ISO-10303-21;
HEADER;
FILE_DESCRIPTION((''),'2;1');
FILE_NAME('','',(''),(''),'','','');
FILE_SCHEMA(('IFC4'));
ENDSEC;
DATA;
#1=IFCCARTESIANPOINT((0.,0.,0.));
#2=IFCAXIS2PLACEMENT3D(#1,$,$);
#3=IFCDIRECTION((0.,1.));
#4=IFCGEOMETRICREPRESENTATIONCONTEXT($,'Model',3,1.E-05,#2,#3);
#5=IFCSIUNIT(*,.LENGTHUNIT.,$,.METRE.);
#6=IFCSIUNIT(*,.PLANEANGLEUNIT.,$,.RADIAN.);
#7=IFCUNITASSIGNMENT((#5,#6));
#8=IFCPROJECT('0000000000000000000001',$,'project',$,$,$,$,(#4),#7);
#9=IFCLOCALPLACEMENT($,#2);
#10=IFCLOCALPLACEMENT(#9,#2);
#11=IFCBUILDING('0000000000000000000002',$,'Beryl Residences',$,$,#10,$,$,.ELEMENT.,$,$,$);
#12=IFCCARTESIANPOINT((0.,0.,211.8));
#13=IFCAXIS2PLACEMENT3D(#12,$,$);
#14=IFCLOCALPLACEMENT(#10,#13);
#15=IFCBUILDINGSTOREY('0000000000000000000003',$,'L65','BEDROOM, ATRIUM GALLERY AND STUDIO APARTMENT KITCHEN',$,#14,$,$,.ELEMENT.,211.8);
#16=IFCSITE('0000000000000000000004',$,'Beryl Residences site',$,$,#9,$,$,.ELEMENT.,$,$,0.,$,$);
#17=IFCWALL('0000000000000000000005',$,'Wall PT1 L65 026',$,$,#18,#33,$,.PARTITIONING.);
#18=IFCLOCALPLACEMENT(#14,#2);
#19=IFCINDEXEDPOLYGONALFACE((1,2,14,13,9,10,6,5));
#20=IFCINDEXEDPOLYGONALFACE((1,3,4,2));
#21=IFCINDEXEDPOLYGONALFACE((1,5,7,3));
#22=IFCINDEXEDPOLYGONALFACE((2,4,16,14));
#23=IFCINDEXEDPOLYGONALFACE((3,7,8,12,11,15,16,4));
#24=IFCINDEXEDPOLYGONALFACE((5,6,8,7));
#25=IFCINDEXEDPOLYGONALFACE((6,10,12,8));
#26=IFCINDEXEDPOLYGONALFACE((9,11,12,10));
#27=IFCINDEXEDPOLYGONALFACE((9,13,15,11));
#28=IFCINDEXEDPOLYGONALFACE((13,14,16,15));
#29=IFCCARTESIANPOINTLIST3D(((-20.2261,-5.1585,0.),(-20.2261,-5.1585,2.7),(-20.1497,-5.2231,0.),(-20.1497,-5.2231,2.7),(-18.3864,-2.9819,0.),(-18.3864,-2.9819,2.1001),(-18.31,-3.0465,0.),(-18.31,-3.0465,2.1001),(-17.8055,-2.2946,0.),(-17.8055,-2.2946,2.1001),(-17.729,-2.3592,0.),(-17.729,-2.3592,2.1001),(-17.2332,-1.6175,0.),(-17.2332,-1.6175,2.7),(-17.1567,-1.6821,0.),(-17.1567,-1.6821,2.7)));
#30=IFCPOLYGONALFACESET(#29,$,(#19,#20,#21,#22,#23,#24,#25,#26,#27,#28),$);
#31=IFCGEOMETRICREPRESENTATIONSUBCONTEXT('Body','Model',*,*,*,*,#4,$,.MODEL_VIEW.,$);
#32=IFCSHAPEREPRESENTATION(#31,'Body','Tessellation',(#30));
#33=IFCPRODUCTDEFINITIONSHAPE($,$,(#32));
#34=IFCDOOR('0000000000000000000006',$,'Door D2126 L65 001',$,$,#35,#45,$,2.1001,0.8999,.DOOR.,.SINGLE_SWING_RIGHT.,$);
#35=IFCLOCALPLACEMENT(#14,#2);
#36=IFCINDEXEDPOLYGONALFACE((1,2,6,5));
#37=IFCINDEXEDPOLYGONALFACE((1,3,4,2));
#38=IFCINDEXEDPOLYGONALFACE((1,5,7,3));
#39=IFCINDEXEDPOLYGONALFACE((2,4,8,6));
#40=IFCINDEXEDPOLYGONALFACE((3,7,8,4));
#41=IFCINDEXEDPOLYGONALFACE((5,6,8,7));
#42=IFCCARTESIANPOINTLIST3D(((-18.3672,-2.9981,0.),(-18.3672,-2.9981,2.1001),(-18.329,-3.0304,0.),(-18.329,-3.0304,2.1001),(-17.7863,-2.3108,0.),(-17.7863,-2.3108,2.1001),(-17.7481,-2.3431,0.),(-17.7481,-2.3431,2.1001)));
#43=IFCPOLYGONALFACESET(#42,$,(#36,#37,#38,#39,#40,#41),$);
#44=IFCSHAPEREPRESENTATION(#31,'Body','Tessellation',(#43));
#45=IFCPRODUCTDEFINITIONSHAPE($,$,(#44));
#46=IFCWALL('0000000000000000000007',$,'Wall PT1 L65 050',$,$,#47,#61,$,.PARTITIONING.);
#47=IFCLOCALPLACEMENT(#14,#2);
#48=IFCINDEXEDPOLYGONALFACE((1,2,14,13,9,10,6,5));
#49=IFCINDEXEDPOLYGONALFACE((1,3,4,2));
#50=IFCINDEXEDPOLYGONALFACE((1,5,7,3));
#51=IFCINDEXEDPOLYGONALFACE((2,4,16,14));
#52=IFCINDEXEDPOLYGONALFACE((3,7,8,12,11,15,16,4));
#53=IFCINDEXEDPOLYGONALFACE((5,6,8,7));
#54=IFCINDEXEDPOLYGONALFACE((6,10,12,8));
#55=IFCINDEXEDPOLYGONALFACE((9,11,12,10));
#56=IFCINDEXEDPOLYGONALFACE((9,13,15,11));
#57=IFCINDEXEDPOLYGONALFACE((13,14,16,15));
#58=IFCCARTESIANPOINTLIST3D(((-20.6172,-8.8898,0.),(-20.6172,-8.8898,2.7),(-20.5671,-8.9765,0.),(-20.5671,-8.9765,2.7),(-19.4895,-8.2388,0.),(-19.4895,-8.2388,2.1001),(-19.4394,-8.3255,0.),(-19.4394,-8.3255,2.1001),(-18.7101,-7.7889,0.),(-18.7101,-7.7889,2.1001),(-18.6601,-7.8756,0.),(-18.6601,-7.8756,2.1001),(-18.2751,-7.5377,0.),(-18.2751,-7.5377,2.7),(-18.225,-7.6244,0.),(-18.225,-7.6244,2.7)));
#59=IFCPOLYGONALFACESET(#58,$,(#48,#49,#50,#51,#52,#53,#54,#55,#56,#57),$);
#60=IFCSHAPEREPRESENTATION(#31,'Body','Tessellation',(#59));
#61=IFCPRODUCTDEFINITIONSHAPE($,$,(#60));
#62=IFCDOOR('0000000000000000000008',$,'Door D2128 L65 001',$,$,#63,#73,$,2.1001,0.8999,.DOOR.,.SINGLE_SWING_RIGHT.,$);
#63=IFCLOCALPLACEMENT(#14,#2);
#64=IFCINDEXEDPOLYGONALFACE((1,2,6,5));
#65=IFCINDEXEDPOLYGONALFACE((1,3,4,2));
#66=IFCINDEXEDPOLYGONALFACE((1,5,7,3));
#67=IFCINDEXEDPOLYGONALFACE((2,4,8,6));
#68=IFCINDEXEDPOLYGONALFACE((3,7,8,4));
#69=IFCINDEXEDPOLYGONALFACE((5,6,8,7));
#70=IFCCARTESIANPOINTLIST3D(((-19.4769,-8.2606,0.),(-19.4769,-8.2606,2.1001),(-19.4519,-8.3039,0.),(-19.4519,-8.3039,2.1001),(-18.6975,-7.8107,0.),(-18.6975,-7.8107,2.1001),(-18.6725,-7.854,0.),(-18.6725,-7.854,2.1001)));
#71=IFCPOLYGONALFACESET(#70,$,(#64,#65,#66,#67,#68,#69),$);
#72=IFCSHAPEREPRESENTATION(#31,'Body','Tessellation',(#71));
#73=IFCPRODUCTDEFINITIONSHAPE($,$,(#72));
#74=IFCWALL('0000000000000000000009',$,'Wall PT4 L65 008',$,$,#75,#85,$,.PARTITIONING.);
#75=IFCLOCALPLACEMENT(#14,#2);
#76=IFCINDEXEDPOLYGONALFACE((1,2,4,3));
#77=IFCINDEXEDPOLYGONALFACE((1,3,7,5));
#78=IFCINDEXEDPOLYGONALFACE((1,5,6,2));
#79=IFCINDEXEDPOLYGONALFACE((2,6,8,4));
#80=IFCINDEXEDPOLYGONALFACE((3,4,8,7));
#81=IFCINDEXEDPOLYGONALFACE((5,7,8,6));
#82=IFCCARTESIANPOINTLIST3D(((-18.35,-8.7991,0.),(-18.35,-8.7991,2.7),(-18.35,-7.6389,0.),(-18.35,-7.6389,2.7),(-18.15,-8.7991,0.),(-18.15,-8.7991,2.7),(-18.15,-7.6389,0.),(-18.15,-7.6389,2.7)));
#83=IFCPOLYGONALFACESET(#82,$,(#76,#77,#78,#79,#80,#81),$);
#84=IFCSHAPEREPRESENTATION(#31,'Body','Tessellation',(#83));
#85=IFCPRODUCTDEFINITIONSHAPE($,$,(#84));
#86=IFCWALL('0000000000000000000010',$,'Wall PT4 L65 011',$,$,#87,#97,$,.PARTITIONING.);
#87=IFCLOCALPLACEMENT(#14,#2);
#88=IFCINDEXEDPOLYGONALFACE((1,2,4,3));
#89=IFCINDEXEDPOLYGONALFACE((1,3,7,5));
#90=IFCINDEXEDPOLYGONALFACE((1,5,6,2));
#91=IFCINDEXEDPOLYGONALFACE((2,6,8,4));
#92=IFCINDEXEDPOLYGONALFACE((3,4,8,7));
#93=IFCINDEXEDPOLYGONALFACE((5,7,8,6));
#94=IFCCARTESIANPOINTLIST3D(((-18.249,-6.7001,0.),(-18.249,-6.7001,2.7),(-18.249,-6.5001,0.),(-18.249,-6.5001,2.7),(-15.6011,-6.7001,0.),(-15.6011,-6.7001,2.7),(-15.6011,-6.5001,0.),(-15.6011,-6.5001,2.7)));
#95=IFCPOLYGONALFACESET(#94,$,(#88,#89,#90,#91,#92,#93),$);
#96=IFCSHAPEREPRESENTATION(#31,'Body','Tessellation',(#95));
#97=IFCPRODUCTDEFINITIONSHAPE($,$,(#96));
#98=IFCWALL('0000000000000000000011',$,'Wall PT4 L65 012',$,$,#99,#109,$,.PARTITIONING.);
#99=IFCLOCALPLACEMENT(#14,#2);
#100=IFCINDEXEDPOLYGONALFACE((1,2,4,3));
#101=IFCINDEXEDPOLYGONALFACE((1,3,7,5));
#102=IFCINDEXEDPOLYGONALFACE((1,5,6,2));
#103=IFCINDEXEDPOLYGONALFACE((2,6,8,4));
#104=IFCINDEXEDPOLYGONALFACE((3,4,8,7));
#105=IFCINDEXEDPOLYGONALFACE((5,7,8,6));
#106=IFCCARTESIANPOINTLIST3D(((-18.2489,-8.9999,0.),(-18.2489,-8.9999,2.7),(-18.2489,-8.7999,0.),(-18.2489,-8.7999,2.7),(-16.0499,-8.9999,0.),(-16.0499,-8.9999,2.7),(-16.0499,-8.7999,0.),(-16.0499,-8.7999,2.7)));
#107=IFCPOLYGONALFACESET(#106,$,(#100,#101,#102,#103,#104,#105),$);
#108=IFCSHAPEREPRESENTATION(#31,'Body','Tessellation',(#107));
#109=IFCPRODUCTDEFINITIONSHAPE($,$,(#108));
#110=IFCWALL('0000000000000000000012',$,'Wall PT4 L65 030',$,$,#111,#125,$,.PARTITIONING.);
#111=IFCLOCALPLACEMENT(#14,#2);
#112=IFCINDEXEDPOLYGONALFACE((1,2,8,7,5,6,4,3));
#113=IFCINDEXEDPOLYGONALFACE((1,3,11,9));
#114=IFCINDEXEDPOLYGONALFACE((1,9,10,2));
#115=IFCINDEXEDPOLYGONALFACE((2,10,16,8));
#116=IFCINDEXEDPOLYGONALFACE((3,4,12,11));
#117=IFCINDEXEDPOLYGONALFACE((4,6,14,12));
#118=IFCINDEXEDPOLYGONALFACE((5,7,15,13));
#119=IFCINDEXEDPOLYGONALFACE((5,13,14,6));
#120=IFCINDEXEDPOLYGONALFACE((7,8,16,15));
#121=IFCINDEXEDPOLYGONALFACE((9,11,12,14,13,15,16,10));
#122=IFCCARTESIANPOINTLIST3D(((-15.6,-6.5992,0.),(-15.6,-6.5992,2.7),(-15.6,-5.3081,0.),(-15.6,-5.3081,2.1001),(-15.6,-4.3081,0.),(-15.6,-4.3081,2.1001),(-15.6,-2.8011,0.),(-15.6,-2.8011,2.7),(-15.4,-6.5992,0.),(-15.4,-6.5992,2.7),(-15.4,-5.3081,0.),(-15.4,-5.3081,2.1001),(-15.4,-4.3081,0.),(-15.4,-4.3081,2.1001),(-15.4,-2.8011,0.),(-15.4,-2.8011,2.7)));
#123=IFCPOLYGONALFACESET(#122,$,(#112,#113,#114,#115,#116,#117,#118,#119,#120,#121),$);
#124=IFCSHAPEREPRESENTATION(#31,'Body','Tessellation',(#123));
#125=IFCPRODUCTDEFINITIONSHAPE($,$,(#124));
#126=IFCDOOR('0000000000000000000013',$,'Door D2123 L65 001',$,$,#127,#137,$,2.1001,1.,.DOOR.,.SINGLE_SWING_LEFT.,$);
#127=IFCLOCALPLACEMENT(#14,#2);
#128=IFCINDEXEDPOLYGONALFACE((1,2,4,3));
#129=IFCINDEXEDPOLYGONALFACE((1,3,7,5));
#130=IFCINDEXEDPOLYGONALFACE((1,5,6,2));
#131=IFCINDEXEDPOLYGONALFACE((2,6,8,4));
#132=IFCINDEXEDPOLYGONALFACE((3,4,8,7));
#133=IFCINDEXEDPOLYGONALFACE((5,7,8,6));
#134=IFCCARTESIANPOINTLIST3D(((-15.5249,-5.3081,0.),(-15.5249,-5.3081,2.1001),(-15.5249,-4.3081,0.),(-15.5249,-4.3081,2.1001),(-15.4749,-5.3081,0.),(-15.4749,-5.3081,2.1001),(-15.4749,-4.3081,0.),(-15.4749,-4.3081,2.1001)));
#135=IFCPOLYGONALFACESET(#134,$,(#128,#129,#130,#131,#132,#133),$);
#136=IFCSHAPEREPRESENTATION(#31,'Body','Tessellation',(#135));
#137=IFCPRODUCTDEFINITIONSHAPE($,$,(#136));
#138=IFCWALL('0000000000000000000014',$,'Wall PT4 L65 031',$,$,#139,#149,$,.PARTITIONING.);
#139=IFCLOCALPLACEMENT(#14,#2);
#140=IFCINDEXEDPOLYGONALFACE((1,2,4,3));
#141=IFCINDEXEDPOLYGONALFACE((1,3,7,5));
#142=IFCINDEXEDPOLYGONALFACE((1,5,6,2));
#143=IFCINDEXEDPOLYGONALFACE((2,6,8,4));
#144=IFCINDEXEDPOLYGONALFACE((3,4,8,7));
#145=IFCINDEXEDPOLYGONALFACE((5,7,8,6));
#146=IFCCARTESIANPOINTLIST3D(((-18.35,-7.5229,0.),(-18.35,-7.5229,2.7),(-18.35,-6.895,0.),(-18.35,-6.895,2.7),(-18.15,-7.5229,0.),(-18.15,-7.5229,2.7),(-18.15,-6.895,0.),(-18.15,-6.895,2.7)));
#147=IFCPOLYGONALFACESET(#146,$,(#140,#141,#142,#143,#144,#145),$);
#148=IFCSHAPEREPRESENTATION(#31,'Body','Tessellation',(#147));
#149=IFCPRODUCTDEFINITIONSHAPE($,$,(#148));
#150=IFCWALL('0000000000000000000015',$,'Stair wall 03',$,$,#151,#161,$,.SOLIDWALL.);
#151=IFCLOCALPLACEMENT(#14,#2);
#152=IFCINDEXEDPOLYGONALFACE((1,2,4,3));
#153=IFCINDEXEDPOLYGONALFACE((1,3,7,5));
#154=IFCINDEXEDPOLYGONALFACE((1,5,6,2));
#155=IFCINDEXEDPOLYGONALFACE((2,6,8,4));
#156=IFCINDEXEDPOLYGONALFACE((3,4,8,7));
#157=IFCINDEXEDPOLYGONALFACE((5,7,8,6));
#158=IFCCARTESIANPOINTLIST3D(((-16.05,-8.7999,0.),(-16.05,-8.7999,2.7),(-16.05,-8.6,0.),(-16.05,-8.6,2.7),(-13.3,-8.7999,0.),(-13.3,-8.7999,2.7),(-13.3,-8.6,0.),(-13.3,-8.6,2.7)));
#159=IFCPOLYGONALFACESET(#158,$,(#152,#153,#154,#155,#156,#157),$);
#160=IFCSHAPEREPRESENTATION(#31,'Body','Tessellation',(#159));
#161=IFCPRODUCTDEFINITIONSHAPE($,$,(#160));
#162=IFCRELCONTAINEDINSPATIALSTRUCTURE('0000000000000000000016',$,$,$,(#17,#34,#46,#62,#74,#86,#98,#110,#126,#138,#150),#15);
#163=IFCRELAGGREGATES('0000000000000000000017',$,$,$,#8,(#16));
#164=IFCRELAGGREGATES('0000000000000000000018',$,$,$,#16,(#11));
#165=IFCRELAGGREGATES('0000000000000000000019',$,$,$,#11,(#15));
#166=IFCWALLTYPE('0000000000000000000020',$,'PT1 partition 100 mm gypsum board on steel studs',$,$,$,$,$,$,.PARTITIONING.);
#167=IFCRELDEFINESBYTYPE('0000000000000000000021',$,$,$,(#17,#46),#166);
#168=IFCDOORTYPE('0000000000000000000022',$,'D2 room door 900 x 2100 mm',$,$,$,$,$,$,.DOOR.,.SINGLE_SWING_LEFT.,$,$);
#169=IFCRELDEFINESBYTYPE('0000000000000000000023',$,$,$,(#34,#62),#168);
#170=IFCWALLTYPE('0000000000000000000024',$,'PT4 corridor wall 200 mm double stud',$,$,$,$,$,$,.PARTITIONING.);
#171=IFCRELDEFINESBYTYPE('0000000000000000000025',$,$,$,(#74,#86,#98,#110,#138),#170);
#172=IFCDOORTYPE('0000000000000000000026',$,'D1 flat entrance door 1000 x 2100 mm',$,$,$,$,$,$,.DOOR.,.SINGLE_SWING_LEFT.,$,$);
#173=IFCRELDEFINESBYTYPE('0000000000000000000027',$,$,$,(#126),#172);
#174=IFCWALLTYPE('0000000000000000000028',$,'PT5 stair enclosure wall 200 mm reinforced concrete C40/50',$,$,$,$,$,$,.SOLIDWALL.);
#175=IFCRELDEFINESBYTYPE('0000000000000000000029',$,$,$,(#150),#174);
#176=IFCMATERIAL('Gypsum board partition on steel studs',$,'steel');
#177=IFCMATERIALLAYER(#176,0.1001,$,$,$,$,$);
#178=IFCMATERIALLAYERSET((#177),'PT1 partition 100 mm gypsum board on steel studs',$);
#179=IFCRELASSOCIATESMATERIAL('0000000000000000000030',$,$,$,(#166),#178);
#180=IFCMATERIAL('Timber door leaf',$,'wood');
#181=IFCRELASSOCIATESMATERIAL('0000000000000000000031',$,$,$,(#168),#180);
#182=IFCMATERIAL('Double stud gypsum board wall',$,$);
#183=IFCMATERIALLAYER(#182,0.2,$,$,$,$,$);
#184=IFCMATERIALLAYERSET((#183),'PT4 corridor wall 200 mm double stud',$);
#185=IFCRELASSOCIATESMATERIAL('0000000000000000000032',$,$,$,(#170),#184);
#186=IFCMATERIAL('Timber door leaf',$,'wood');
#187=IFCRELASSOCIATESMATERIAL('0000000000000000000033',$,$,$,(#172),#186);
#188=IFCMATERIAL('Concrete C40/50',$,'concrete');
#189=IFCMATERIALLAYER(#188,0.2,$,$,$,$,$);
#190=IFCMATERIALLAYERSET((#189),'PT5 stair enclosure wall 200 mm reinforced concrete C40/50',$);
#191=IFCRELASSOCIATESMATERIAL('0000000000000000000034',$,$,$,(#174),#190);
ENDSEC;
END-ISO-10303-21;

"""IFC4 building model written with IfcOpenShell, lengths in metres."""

from ifc_helpers import new_model, si_unit, direction, frame, frame_2d, origin, place, context, subcontext, project, spatial, rectangle, extrude, material, layer, layer_set, type_object, element, fill, save


model = new_model("IFC4")

# Units and contexts
model_context = context("Model", 3, precision=1e-05, world=origin(), true_north=direction((0.0, 1.0)))
body_context = subcontext(model_context, "Body", "Model", "MODEL_VIEW")
ifc_project = project(units=[si_unit("LENGTHUNIT", "METRE"), si_unit("PLANEANGLEUNIT", "RADIAN")], contexts=[model_context])

# Site, building, storey
site_placement = place(None, origin())
site = spatial("IfcSite", under=ifc_project, at=site_placement, Name="Beryl Residences site", CompositionType="ELEMENT", RefElevation=0.0)
building_placement = place(site_placement, origin())
building = spatial("IfcBuilding", under=site, at=building_placement, Name="Beryl Residences", CompositionType="ELEMENT")
storey_placement = place(building_placement, frame((0.0, 0.0, 211.8)))
storey = spatial("IfcBuildingStorey", under=building, at=storey_placement, Name="L65", Description="BEDROOM, ATRIUM GALLERY AND STUDIO APARTMENT KITCHEN", CompositionType="ELEMENT", Elevation=211.8)

# Shared definitions
ifc_material_1 = material(Name="Gypsum board partition on steel studs", Category="steel")
ifc_layer_1 = layer(ifc_material_1, 0.1001)
ifc_layer_set_1 = layer_set([ifc_layer_1], Name="PT1 partition 100 mm gypsum board on steel studs")
wall_type_1 = type_object("IfcWallType", Name="PT1 partition 100 mm gypsum board on steel studs", PredefinedType="PARTITIONING", material=ifc_layer_set_1)
ifc_material_2 = material(Name="Timber door leaf", Category="wood")
door_type_1 = type_object("IfcDoorType", Name="D2 room door 900 x 2100 mm", OperationType="SINGLE_SWING_LEFT", PredefinedType="DOOR", material=ifc_material_2)

# Walls, openings, doors
wall_1_placement = place(storey_placement, frame((-20.188, -5.1909, 0.0), z_axis=(0.0, 0.0, 1.0), x_axis=(0.645524, 0.76374, 0.0)))
wall_1 = element("IfcWall", 1, at=wall_1_placement, inside=storey, type_object=wall_type_1, Name="Wall PT1 L65 026", PredefinedType="PARTITIONING", context=body_context, shape_type="SweptSolid", body=[
    extrude(rectangle(XDim=4.6365, YDim=0.1001, at=frame_2d((2.3184, 0.0))), origin(), (0.0, 0.0, 1.0), 2.7),
])
opening_1_placement = place(wall_1_placement, frame((2.8501, 0.0, 0.0)))
opening_1 = element("IfcOpeningElement", 2, at=opening_1_placement, cuts=wall_1, PredefinedType="OPENING", context=body_context, shape_type="SweptSolid", body=[
    extrude(rectangle(XDim=0.8999, YDim=2.1001, at=frame_2d((0.45, 1.05))), frame((0.0, 0.0601, 0.0), z_axis=(0.0, -1.0, 0.0), x_axis=(1.0, 0.0, 0.0)), (0.0, 0.0, 1.0), 0.1201),
])
door_1_placement = place(opening_1_placement, origin())
door_1 = element("IfcDoor", 3, at=door_1_placement, inside=storey, type_object=door_type_1, Name="Door D2126 L65 001", OperationType="SINGLE_SWING_RIGHT", OverallHeight=2.1001, OverallWidth=0.8999, PredefinedType="DOOR", context=body_context, shape_type="SweptSolid", body=[
    extrude(rectangle(XDim=0.8999, YDim=2.1001, at=frame_2d((0.45, 1.05))), frame((0.0, 0.0249, 0.0), z_axis=(0.0, -1.0, 0.0), x_axis=(1.0, 0.0, 0.0)), (0.0, 0.0, 1.0), 0.05),
])
fill(opening_1, door_1)
wall_2_placement = place(storey_placement, frame((-20.592, -8.9331, 0.0), z_axis=(0.0, 0.0, 1.0), x_axis=(0.866046, 0.499965, 0.0)))
wall_2 = element("IfcWall", 4, at=wall_2_placement, inside=storey, type_object=wall_type_1, Name="Wall PT1 L65 050", PredefinedType="PARTITIONING", context=body_context, shape_type="SweptSolid", body=[
    extrude(rectangle(XDim=2.7043, YDim=0.1001, at=frame_2d((1.3521, 0.0))), origin(), (0.0, 0.0, 1.0), 2.7),
])
opening_2_placement = place(wall_2_placement, frame((1.302, 0.0, 0.0)))
opening_2 = element("IfcOpeningElement", 5, at=opening_2_placement, cuts=wall_2, PredefinedType="OPENING", context=body_context, shape_type="SweptSolid", body=[
    extrude(rectangle(XDim=0.8999, YDim=2.1001, at=frame_2d((0.45, 1.05))), frame((0.0, 0.0601, 0.0), z_axis=(0.0, -1.0, 0.0), x_axis=(1.0, 0.0, 0.0)), (0.0, 0.0, 1.0), 0.1201),
])
door_2_placement = place(opening_2_placement, origin())
door_2 = element("IfcDoor", 6, at=door_2_placement, inside=storey, type_object=door_type_1, Name="Door D2128 L65 001", OperationType="SINGLE_SWING_RIGHT", OverallHeight=2.1001, OverallWidth=0.8999, PredefinedType="DOOR", context=body_context, shape_type="SweptSolid", body=[
    extrude(rectangle(XDim=0.8999, YDim=2.1001, at=frame_2d((0.45, 1.05))), frame((0.0, 0.0249, 0.0), z_axis=(0.0, -1.0, 0.0), x_axis=(1.0, 0.0, 0.0)), (0.0, 0.0, 1.0), 0.05),
])
fill(opening_2, door_2)

# Walls
ifc_material_3 = material(Name="Double stud gypsum board wall")
ifc_layer_2 = layer(ifc_material_3, 0.2)
ifc_layer_set_2 = layer_set([ifc_layer_2], Name="PT4 corridor wall 200 mm double stud")
wall_type_2 = type_object("IfcWallType", Name="PT4 corridor wall 200 mm double stud", PredefinedType="PARTITIONING", material=ifc_layer_set_2)
wall_3_placement = place(storey_placement, frame((-18.25, -7.6389, 0.0), z_axis=(0.0, 0.0, 1.0), x_axis=(0.0, -1.0, 0.0)))
element("IfcWall", 7, at=wall_3_placement, inside=storey, type_object=wall_type_2, Name="Wall PT4 L65 008", PredefinedType="PARTITIONING", context=body_context, shape_type="SweptSolid", body=[
    extrude(rectangle(XDim=1.1602, YDim=0.2, at=frame_2d((0.5801, 0.0))), origin(), (0.0, 0.0, 1.0), 2.7),
])
wall_4_placement = place(storey_placement, frame((-18.249, -6.6001, 0.0), z_axis=(0.0, 0.0, 1.0), x_axis=(1.0, 0.0, 0.0)))
element("IfcWall", 8, at=wall_4_placement, inside=storey, type_object=wall_type_2, Name="Wall PT4 L65 011", PredefinedType="PARTITIONING", context=body_context, shape_type="SweptSolid", body=[
    extrude(rectangle(XDim=2.6479, YDim=0.2, at=frame_2d((1.324, 0.0))), origin(), (0.0, 0.0, 1.0), 2.7),
])
wall_5_placement = place(storey_placement, frame((-18.249, -8.8999, 0.0), z_axis=(0.0, 0.0, 1.0), x_axis=(1.0, 0.0, 0.0)))
element("IfcWall", 9, at=wall_5_placement, inside=storey, type_object=wall_type_2, Name="Wall PT4 L65 012", PredefinedType="PARTITIONING", context=body_context, shape_type="SweptSolid", body=[
    extrude(rectangle(XDim=2.199, YDim=0.2, at=frame_2d((1.0996, 0.0))), origin(), (0.0, 0.0, 1.0), 2.7),
])

# Wall, opening, door
wall_6_placement = place(storey_placement, frame((-15.5, -6.5991, 0.0), z_axis=(0.0, 0.0, 1.0), x_axis=(0.0, 1.0, 0.0)))
wall_6 = element("IfcWall", 10, at=wall_6_placement, inside=storey, type_object=wall_type_2, Name="Wall PT4 L65 030", PredefinedType="PARTITIONING", context=body_context, shape_type="SweptSolid", body=[
    extrude(rectangle(XDim=3.7981, YDim=0.2, at=frame_2d((1.8989, 0.0))), origin(), (0.0, 0.0, 1.0), 2.7),
])
opening_3_placement = place(wall_6_placement, frame((1.291, 0.0, 0.0)))
opening_3 = element("IfcOpeningElement", 11, at=opening_3_placement, cuts=wall_6, PredefinedType="OPENING", context=body_context, shape_type="SweptSolid", body=[
    extrude(rectangle(XDim=1.0, YDim=2.1001, at=frame_2d((0.5, 1.05))), frame((0.0, 0.1099, 0.0), z_axis=(0.0, -1.0, 0.0), x_axis=(1.0, 0.0, 0.0)), (0.0, 0.0, 1.0), 0.22),
])
ifc_material_4 = material(Name="Timber door leaf", Category="wood")
door_type_2 = type_object("IfcDoorType", Name="D1 flat entrance door 1000 x 2100 mm", OperationType="SINGLE_SWING_LEFT", PredefinedType="DOOR", material=ifc_material_4)
door_3_placement = place(opening_3_placement, origin())
door_3 = element("IfcDoor", 12, at=door_3_placement, inside=storey, type_object=door_type_2, Name="Door D2123 L65 001", OperationType="SINGLE_SWING_LEFT", OverallHeight=2.1001, OverallWidth=1.0, PredefinedType="DOOR", context=body_context, shape_type="SweptSolid", body=[
    extrude(rectangle(XDim=1.0, YDim=2.1001, at=frame_2d((0.5, 1.05))), frame((0.0, 0.0249, 0.0), z_axis=(0.0, -1.0, 0.0), x_axis=(1.0, 0.0, 0.0)), (0.0, 0.0, 1.0), 0.05),
])
fill(opening_3, door_3)

# Walls
wall_7_placement = place(storey_placement, frame((-18.25, -7.5229, 0.0), z_axis=(0.0, 0.0, 1.0), x_axis=(0.0, 1.0, 0.0)))
element("IfcWall", 13, at=wall_7_placement, inside=storey, type_object=wall_type_2, Name="Wall PT4 L65 031", PredefinedType="PARTITIONING", context=body_context, shape_type="SweptSolid", body=[
    extrude(rectangle(XDim=0.6279, YDim=0.2, at=frame_2d((0.314, 0.0))), origin(), (0.0, 0.0, 1.0), 2.7),
])
ifc_material_5 = material(Name="Concrete C40/50", Category="concrete")
ifc_layer_3 = layer(ifc_material_5, 0.2)
ifc_layer_set_3 = layer_set([ifc_layer_3], Name="PT5 stair enclosure wall 200 mm reinforced concrete C40/50")
wall_type_3 = type_object("IfcWallType", Name="PT5 stair enclosure wall 200 mm reinforced concrete C40/50", PredefinedType="SOLIDWALL", material=ifc_layer_set_3)
wall_8_placement = place(storey_placement, frame((-16.05, -8.7, 0.0), z_axis=(0.0, 0.0, 1.0), x_axis=(1.0, 0.0, 0.0)))
element("IfcWall", 14, at=wall_8_placement, inside=storey, type_object=wall_type_3, Name="Stair wall 03", PredefinedType="SOLIDWALL", context=body_context, shape_type="SweptSolid", body=[
    extrude(rectangle(XDim=2.75, YDim=0.2, at=frame_2d((1.375, 0.0))), origin(), (0.0, 0.0, 1.0), 2.7),
])

save(model, "model.ifc")
